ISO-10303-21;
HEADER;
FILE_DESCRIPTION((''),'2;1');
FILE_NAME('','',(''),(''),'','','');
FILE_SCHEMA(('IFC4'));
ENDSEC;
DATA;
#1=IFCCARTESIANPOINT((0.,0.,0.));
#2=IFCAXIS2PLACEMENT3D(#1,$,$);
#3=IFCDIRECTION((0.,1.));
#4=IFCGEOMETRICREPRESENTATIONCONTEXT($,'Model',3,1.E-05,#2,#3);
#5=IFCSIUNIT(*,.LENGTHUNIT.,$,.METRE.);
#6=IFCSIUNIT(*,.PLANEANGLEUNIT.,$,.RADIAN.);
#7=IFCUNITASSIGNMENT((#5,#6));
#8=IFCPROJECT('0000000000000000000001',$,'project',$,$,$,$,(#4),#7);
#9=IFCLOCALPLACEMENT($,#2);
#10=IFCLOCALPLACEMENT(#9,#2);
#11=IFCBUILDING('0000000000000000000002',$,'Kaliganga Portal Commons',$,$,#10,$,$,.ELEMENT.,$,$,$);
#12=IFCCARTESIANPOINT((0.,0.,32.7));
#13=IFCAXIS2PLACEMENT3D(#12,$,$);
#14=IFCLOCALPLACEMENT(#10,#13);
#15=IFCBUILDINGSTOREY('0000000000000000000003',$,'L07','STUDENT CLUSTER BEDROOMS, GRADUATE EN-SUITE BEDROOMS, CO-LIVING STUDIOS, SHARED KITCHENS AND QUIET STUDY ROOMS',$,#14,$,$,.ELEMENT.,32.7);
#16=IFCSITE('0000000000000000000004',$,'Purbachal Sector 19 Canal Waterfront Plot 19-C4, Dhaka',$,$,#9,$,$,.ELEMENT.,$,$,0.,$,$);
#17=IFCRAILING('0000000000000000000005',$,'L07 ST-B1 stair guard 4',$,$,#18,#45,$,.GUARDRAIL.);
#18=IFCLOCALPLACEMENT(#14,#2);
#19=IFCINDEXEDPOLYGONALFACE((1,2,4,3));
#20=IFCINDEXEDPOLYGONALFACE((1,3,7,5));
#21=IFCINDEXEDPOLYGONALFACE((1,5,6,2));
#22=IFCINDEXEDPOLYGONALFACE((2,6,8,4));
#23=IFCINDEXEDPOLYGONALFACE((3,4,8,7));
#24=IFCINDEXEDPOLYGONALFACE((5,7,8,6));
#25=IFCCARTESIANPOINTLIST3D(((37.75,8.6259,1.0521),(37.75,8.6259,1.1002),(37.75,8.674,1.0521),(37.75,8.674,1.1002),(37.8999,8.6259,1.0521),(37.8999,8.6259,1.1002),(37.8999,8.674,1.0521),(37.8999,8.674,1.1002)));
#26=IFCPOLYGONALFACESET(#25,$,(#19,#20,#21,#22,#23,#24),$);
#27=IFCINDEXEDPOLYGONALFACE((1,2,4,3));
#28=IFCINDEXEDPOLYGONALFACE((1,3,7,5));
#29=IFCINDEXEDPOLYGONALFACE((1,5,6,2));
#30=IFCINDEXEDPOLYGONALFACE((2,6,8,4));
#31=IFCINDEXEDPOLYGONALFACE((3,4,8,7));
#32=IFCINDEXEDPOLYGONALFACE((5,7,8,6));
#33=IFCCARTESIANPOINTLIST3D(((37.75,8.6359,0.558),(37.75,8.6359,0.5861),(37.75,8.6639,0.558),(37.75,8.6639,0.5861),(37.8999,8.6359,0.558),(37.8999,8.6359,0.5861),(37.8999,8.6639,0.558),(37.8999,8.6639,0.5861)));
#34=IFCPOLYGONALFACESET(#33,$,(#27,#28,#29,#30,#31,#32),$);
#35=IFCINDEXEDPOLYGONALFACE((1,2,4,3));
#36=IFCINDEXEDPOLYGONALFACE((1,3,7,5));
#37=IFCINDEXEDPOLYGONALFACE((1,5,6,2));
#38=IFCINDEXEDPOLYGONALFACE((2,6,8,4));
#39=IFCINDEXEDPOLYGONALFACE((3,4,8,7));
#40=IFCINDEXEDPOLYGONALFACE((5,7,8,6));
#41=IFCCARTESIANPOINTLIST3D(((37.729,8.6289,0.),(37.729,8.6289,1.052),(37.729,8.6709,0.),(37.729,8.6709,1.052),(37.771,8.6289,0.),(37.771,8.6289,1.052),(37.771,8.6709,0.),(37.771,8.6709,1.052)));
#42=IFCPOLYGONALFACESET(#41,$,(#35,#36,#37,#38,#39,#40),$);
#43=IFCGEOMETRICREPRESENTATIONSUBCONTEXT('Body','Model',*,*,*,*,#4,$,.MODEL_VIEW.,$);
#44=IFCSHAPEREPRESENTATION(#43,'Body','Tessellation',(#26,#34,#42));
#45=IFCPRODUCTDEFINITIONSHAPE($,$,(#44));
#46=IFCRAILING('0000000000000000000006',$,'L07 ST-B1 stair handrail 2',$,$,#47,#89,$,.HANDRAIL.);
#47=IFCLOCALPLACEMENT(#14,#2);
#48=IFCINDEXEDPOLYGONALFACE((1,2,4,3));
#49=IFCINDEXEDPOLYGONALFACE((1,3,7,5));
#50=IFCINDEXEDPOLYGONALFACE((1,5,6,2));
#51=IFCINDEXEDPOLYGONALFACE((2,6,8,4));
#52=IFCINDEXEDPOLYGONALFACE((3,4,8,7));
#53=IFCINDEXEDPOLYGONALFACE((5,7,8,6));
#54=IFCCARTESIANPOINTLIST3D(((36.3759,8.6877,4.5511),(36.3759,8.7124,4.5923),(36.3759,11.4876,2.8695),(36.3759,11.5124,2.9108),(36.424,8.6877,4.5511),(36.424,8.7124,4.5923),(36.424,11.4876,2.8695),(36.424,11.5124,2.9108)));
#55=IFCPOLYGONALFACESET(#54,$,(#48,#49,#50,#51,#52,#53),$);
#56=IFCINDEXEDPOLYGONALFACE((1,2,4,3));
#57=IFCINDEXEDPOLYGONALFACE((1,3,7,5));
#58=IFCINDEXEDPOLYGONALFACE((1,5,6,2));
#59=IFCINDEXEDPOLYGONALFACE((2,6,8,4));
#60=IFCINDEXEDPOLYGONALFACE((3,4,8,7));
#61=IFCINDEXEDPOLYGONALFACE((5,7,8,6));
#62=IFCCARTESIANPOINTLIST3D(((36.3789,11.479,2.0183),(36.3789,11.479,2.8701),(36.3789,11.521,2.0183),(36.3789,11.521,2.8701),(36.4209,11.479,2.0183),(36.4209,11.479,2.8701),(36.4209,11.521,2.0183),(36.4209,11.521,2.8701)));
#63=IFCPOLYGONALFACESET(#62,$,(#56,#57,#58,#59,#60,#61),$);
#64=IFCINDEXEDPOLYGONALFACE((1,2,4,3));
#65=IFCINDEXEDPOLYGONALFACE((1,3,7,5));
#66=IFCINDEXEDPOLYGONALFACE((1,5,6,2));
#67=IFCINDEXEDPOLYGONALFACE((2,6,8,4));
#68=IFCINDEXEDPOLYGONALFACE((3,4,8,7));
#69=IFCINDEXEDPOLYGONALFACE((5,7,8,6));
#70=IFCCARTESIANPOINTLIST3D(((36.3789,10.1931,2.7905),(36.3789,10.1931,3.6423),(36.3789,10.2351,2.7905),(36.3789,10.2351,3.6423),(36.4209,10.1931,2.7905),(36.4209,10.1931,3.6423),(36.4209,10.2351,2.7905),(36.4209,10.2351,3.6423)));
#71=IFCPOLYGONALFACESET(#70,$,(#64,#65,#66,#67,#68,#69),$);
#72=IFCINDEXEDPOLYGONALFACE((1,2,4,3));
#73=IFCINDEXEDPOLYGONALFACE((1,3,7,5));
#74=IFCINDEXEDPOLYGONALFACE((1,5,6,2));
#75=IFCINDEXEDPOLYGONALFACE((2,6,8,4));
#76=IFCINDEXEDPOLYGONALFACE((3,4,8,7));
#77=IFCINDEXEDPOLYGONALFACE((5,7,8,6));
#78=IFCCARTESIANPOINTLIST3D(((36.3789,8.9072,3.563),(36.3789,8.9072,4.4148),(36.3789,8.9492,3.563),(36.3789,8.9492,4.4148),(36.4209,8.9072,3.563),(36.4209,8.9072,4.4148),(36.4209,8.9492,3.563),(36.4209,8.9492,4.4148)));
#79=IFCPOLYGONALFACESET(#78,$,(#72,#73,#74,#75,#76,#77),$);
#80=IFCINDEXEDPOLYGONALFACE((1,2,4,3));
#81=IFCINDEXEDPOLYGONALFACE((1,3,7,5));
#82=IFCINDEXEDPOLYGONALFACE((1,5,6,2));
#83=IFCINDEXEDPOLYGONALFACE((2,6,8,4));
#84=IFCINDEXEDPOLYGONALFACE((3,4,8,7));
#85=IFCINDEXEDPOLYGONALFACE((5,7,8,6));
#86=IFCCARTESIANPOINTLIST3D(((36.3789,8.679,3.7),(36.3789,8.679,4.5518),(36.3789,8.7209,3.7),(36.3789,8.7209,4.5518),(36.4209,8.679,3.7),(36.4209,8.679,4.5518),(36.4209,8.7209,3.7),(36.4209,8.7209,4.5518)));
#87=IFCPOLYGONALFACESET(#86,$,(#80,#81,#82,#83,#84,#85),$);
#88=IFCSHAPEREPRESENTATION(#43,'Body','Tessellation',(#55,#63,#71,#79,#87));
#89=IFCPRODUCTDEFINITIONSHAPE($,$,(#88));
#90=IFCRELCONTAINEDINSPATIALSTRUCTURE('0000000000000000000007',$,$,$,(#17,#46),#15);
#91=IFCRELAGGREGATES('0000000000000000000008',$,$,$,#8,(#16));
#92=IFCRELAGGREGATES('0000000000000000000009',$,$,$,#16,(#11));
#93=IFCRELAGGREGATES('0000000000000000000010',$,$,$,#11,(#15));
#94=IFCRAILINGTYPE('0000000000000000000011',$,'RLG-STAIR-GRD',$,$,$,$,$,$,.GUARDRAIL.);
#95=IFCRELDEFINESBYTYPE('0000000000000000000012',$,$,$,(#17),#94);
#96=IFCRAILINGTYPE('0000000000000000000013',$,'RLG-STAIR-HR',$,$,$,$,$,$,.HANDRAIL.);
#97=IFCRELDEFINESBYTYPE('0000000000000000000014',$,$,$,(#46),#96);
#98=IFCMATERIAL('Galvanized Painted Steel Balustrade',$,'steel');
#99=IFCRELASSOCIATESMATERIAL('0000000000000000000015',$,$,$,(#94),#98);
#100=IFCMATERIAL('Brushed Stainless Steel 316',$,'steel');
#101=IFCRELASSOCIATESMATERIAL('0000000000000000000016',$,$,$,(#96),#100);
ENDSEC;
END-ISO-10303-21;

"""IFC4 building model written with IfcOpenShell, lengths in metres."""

from ifc_helpers import new_model, si_unit, direction, frame, origin, origin_2d, place, context, subcontext, project, spatial, rectangle, extrude, material, type_object, element, save


model = new_model("IFC4")

# Units and contexts
model_context = context("Model", 3, precision=1e-05, world=origin(), true_north=direction((0.0, 1.0)))
body_context = subcontext(model_context, "Body", "Model", "MODEL_VIEW")
ifc_project = project(units=[si_unit("LENGTHUNIT", "METRE"), si_unit("PLANEANGLEUNIT", "RADIAN")], contexts=[model_context])

# Site, building, storey
site_placement = place(None, origin())
site = spatial("IfcSite", under=ifc_project, at=site_placement, Name="Purbachal Sector 19 Canal Waterfront Plot 19-C4, Dhaka", CompositionType="ELEMENT", RefElevation=0.0)
building_placement = place(site_placement, origin())
building = spatial("IfcBuilding", under=site, at=building_placement, Name="Kaliganga Portal Commons", CompositionType="ELEMENT")
storey_placement = place(building_placement, frame((0.0, 0.0, 32.7)))
storey = spatial("IfcBuildingStorey", under=building, at=storey_placement, Name="L07", Description="STUDENT CLUSTER BEDROOMS, GRADUATE EN-SUITE BEDROOMS, CO-LIVING STUDIOS, SHARED KITCHENS AND QUIET STUDY ROOMS", CompositionType="ELEMENT", Elevation=32.7)

# Railings
ifc_material_1 = material(Name="Galvanized Painted Steel Balustrade", Category="steel")
railing_type_1 = type_object("IfcRailingType", Name="RLG-STAIR-GRD", PredefinedType="GUARDRAIL", material=ifc_material_1)
railing_1_placement = place(storey_placement, frame((37.8999, 8.6499, 0.0)))
element("IfcRailing", 1, at=railing_1_placement, inside=storey, type_object=railing_type_1, Name="L07 ST-B1 stair guard 4", PredefinedType="GUARDRAIL", context=body_context, shape_type="SweptSolid", body=[
    extrude(rectangle(XDim=0.0481, YDim=0.0481, at=origin_2d()), frame((0.0, 0.0, 1.0762), z_axis=(-1.0, 0.0, 0.0), x_axis=(0.0, -1.0, 0.0)), (0.0, 0.0, 1.0), 0.1499),
    extrude(rectangle(XDim=0.0281, YDim=0.0281, at=origin_2d()), frame((0.0, 0.0, 0.572), z_axis=(-1.0, 0.0, 0.0), x_axis=(0.0, -1.0, 0.0)), (0.0, 0.0, 1.0), 0.1499),
    extrude(rectangle(XDim=0.042, YDim=0.042, at=origin_2d()), frame((-0.1499, 0.0, 0.0)), (0.0, 0.0, 1.0), 1.052),
])
ifc_material_2 = material(Name="Brushed Stainless Steel 316", Category="steel")
railing_type_2 = type_object("IfcRailingType", Name="RLG-STAIR-HR", PredefinedType="HANDRAIL", material=ifc_material_2)
railing_2_placement = place(storey_placement, frame((36.3999, 11.5, 2.0183)))
element("IfcRailing", 2, at=railing_2_placement, inside=storey, type_object=railing_type_2, Name="L07 ST-B1 stair handrail 2", PredefinedType="HANDRAIL", context=body_context, shape_type="SweptSolid", body=[
    extrude(rectangle(XDim=0.0481, YDim=0.0481, at=origin_2d()), frame((0.0, 0.0, 0.8718), z_axis=(0.0, -0.857275, 0.514858), x_axis=(1.0, 0.0, 0.0)), (0.0, 0.0, 1.0), 3.2661),
    extrude(rectangle(XDim=0.042, YDim=0.042, at=origin_2d()), origin(), (0.0, 0.0, 1.0), 0.8518),
    extrude(rectangle(XDim=0.042, YDim=0.042, at=origin_2d()), frame((0.0, -1.2859, 0.7722)), (0.0, 0.0, 1.0), 0.8518),
    extrude(rectangle(XDim=0.042, YDim=0.042, at=origin_2d()), frame((0.0, -2.5718, 1.5447)), (0.0, 0.0, 1.0), 0.8518),
    extrude(rectangle(XDim=0.042, YDim=0.042, at=origin_2d()), frame((0.0, -2.8, 1.6816)), (0.0, 0.0, 1.0), 0.8518),
])

save(model, "model.ifc")
